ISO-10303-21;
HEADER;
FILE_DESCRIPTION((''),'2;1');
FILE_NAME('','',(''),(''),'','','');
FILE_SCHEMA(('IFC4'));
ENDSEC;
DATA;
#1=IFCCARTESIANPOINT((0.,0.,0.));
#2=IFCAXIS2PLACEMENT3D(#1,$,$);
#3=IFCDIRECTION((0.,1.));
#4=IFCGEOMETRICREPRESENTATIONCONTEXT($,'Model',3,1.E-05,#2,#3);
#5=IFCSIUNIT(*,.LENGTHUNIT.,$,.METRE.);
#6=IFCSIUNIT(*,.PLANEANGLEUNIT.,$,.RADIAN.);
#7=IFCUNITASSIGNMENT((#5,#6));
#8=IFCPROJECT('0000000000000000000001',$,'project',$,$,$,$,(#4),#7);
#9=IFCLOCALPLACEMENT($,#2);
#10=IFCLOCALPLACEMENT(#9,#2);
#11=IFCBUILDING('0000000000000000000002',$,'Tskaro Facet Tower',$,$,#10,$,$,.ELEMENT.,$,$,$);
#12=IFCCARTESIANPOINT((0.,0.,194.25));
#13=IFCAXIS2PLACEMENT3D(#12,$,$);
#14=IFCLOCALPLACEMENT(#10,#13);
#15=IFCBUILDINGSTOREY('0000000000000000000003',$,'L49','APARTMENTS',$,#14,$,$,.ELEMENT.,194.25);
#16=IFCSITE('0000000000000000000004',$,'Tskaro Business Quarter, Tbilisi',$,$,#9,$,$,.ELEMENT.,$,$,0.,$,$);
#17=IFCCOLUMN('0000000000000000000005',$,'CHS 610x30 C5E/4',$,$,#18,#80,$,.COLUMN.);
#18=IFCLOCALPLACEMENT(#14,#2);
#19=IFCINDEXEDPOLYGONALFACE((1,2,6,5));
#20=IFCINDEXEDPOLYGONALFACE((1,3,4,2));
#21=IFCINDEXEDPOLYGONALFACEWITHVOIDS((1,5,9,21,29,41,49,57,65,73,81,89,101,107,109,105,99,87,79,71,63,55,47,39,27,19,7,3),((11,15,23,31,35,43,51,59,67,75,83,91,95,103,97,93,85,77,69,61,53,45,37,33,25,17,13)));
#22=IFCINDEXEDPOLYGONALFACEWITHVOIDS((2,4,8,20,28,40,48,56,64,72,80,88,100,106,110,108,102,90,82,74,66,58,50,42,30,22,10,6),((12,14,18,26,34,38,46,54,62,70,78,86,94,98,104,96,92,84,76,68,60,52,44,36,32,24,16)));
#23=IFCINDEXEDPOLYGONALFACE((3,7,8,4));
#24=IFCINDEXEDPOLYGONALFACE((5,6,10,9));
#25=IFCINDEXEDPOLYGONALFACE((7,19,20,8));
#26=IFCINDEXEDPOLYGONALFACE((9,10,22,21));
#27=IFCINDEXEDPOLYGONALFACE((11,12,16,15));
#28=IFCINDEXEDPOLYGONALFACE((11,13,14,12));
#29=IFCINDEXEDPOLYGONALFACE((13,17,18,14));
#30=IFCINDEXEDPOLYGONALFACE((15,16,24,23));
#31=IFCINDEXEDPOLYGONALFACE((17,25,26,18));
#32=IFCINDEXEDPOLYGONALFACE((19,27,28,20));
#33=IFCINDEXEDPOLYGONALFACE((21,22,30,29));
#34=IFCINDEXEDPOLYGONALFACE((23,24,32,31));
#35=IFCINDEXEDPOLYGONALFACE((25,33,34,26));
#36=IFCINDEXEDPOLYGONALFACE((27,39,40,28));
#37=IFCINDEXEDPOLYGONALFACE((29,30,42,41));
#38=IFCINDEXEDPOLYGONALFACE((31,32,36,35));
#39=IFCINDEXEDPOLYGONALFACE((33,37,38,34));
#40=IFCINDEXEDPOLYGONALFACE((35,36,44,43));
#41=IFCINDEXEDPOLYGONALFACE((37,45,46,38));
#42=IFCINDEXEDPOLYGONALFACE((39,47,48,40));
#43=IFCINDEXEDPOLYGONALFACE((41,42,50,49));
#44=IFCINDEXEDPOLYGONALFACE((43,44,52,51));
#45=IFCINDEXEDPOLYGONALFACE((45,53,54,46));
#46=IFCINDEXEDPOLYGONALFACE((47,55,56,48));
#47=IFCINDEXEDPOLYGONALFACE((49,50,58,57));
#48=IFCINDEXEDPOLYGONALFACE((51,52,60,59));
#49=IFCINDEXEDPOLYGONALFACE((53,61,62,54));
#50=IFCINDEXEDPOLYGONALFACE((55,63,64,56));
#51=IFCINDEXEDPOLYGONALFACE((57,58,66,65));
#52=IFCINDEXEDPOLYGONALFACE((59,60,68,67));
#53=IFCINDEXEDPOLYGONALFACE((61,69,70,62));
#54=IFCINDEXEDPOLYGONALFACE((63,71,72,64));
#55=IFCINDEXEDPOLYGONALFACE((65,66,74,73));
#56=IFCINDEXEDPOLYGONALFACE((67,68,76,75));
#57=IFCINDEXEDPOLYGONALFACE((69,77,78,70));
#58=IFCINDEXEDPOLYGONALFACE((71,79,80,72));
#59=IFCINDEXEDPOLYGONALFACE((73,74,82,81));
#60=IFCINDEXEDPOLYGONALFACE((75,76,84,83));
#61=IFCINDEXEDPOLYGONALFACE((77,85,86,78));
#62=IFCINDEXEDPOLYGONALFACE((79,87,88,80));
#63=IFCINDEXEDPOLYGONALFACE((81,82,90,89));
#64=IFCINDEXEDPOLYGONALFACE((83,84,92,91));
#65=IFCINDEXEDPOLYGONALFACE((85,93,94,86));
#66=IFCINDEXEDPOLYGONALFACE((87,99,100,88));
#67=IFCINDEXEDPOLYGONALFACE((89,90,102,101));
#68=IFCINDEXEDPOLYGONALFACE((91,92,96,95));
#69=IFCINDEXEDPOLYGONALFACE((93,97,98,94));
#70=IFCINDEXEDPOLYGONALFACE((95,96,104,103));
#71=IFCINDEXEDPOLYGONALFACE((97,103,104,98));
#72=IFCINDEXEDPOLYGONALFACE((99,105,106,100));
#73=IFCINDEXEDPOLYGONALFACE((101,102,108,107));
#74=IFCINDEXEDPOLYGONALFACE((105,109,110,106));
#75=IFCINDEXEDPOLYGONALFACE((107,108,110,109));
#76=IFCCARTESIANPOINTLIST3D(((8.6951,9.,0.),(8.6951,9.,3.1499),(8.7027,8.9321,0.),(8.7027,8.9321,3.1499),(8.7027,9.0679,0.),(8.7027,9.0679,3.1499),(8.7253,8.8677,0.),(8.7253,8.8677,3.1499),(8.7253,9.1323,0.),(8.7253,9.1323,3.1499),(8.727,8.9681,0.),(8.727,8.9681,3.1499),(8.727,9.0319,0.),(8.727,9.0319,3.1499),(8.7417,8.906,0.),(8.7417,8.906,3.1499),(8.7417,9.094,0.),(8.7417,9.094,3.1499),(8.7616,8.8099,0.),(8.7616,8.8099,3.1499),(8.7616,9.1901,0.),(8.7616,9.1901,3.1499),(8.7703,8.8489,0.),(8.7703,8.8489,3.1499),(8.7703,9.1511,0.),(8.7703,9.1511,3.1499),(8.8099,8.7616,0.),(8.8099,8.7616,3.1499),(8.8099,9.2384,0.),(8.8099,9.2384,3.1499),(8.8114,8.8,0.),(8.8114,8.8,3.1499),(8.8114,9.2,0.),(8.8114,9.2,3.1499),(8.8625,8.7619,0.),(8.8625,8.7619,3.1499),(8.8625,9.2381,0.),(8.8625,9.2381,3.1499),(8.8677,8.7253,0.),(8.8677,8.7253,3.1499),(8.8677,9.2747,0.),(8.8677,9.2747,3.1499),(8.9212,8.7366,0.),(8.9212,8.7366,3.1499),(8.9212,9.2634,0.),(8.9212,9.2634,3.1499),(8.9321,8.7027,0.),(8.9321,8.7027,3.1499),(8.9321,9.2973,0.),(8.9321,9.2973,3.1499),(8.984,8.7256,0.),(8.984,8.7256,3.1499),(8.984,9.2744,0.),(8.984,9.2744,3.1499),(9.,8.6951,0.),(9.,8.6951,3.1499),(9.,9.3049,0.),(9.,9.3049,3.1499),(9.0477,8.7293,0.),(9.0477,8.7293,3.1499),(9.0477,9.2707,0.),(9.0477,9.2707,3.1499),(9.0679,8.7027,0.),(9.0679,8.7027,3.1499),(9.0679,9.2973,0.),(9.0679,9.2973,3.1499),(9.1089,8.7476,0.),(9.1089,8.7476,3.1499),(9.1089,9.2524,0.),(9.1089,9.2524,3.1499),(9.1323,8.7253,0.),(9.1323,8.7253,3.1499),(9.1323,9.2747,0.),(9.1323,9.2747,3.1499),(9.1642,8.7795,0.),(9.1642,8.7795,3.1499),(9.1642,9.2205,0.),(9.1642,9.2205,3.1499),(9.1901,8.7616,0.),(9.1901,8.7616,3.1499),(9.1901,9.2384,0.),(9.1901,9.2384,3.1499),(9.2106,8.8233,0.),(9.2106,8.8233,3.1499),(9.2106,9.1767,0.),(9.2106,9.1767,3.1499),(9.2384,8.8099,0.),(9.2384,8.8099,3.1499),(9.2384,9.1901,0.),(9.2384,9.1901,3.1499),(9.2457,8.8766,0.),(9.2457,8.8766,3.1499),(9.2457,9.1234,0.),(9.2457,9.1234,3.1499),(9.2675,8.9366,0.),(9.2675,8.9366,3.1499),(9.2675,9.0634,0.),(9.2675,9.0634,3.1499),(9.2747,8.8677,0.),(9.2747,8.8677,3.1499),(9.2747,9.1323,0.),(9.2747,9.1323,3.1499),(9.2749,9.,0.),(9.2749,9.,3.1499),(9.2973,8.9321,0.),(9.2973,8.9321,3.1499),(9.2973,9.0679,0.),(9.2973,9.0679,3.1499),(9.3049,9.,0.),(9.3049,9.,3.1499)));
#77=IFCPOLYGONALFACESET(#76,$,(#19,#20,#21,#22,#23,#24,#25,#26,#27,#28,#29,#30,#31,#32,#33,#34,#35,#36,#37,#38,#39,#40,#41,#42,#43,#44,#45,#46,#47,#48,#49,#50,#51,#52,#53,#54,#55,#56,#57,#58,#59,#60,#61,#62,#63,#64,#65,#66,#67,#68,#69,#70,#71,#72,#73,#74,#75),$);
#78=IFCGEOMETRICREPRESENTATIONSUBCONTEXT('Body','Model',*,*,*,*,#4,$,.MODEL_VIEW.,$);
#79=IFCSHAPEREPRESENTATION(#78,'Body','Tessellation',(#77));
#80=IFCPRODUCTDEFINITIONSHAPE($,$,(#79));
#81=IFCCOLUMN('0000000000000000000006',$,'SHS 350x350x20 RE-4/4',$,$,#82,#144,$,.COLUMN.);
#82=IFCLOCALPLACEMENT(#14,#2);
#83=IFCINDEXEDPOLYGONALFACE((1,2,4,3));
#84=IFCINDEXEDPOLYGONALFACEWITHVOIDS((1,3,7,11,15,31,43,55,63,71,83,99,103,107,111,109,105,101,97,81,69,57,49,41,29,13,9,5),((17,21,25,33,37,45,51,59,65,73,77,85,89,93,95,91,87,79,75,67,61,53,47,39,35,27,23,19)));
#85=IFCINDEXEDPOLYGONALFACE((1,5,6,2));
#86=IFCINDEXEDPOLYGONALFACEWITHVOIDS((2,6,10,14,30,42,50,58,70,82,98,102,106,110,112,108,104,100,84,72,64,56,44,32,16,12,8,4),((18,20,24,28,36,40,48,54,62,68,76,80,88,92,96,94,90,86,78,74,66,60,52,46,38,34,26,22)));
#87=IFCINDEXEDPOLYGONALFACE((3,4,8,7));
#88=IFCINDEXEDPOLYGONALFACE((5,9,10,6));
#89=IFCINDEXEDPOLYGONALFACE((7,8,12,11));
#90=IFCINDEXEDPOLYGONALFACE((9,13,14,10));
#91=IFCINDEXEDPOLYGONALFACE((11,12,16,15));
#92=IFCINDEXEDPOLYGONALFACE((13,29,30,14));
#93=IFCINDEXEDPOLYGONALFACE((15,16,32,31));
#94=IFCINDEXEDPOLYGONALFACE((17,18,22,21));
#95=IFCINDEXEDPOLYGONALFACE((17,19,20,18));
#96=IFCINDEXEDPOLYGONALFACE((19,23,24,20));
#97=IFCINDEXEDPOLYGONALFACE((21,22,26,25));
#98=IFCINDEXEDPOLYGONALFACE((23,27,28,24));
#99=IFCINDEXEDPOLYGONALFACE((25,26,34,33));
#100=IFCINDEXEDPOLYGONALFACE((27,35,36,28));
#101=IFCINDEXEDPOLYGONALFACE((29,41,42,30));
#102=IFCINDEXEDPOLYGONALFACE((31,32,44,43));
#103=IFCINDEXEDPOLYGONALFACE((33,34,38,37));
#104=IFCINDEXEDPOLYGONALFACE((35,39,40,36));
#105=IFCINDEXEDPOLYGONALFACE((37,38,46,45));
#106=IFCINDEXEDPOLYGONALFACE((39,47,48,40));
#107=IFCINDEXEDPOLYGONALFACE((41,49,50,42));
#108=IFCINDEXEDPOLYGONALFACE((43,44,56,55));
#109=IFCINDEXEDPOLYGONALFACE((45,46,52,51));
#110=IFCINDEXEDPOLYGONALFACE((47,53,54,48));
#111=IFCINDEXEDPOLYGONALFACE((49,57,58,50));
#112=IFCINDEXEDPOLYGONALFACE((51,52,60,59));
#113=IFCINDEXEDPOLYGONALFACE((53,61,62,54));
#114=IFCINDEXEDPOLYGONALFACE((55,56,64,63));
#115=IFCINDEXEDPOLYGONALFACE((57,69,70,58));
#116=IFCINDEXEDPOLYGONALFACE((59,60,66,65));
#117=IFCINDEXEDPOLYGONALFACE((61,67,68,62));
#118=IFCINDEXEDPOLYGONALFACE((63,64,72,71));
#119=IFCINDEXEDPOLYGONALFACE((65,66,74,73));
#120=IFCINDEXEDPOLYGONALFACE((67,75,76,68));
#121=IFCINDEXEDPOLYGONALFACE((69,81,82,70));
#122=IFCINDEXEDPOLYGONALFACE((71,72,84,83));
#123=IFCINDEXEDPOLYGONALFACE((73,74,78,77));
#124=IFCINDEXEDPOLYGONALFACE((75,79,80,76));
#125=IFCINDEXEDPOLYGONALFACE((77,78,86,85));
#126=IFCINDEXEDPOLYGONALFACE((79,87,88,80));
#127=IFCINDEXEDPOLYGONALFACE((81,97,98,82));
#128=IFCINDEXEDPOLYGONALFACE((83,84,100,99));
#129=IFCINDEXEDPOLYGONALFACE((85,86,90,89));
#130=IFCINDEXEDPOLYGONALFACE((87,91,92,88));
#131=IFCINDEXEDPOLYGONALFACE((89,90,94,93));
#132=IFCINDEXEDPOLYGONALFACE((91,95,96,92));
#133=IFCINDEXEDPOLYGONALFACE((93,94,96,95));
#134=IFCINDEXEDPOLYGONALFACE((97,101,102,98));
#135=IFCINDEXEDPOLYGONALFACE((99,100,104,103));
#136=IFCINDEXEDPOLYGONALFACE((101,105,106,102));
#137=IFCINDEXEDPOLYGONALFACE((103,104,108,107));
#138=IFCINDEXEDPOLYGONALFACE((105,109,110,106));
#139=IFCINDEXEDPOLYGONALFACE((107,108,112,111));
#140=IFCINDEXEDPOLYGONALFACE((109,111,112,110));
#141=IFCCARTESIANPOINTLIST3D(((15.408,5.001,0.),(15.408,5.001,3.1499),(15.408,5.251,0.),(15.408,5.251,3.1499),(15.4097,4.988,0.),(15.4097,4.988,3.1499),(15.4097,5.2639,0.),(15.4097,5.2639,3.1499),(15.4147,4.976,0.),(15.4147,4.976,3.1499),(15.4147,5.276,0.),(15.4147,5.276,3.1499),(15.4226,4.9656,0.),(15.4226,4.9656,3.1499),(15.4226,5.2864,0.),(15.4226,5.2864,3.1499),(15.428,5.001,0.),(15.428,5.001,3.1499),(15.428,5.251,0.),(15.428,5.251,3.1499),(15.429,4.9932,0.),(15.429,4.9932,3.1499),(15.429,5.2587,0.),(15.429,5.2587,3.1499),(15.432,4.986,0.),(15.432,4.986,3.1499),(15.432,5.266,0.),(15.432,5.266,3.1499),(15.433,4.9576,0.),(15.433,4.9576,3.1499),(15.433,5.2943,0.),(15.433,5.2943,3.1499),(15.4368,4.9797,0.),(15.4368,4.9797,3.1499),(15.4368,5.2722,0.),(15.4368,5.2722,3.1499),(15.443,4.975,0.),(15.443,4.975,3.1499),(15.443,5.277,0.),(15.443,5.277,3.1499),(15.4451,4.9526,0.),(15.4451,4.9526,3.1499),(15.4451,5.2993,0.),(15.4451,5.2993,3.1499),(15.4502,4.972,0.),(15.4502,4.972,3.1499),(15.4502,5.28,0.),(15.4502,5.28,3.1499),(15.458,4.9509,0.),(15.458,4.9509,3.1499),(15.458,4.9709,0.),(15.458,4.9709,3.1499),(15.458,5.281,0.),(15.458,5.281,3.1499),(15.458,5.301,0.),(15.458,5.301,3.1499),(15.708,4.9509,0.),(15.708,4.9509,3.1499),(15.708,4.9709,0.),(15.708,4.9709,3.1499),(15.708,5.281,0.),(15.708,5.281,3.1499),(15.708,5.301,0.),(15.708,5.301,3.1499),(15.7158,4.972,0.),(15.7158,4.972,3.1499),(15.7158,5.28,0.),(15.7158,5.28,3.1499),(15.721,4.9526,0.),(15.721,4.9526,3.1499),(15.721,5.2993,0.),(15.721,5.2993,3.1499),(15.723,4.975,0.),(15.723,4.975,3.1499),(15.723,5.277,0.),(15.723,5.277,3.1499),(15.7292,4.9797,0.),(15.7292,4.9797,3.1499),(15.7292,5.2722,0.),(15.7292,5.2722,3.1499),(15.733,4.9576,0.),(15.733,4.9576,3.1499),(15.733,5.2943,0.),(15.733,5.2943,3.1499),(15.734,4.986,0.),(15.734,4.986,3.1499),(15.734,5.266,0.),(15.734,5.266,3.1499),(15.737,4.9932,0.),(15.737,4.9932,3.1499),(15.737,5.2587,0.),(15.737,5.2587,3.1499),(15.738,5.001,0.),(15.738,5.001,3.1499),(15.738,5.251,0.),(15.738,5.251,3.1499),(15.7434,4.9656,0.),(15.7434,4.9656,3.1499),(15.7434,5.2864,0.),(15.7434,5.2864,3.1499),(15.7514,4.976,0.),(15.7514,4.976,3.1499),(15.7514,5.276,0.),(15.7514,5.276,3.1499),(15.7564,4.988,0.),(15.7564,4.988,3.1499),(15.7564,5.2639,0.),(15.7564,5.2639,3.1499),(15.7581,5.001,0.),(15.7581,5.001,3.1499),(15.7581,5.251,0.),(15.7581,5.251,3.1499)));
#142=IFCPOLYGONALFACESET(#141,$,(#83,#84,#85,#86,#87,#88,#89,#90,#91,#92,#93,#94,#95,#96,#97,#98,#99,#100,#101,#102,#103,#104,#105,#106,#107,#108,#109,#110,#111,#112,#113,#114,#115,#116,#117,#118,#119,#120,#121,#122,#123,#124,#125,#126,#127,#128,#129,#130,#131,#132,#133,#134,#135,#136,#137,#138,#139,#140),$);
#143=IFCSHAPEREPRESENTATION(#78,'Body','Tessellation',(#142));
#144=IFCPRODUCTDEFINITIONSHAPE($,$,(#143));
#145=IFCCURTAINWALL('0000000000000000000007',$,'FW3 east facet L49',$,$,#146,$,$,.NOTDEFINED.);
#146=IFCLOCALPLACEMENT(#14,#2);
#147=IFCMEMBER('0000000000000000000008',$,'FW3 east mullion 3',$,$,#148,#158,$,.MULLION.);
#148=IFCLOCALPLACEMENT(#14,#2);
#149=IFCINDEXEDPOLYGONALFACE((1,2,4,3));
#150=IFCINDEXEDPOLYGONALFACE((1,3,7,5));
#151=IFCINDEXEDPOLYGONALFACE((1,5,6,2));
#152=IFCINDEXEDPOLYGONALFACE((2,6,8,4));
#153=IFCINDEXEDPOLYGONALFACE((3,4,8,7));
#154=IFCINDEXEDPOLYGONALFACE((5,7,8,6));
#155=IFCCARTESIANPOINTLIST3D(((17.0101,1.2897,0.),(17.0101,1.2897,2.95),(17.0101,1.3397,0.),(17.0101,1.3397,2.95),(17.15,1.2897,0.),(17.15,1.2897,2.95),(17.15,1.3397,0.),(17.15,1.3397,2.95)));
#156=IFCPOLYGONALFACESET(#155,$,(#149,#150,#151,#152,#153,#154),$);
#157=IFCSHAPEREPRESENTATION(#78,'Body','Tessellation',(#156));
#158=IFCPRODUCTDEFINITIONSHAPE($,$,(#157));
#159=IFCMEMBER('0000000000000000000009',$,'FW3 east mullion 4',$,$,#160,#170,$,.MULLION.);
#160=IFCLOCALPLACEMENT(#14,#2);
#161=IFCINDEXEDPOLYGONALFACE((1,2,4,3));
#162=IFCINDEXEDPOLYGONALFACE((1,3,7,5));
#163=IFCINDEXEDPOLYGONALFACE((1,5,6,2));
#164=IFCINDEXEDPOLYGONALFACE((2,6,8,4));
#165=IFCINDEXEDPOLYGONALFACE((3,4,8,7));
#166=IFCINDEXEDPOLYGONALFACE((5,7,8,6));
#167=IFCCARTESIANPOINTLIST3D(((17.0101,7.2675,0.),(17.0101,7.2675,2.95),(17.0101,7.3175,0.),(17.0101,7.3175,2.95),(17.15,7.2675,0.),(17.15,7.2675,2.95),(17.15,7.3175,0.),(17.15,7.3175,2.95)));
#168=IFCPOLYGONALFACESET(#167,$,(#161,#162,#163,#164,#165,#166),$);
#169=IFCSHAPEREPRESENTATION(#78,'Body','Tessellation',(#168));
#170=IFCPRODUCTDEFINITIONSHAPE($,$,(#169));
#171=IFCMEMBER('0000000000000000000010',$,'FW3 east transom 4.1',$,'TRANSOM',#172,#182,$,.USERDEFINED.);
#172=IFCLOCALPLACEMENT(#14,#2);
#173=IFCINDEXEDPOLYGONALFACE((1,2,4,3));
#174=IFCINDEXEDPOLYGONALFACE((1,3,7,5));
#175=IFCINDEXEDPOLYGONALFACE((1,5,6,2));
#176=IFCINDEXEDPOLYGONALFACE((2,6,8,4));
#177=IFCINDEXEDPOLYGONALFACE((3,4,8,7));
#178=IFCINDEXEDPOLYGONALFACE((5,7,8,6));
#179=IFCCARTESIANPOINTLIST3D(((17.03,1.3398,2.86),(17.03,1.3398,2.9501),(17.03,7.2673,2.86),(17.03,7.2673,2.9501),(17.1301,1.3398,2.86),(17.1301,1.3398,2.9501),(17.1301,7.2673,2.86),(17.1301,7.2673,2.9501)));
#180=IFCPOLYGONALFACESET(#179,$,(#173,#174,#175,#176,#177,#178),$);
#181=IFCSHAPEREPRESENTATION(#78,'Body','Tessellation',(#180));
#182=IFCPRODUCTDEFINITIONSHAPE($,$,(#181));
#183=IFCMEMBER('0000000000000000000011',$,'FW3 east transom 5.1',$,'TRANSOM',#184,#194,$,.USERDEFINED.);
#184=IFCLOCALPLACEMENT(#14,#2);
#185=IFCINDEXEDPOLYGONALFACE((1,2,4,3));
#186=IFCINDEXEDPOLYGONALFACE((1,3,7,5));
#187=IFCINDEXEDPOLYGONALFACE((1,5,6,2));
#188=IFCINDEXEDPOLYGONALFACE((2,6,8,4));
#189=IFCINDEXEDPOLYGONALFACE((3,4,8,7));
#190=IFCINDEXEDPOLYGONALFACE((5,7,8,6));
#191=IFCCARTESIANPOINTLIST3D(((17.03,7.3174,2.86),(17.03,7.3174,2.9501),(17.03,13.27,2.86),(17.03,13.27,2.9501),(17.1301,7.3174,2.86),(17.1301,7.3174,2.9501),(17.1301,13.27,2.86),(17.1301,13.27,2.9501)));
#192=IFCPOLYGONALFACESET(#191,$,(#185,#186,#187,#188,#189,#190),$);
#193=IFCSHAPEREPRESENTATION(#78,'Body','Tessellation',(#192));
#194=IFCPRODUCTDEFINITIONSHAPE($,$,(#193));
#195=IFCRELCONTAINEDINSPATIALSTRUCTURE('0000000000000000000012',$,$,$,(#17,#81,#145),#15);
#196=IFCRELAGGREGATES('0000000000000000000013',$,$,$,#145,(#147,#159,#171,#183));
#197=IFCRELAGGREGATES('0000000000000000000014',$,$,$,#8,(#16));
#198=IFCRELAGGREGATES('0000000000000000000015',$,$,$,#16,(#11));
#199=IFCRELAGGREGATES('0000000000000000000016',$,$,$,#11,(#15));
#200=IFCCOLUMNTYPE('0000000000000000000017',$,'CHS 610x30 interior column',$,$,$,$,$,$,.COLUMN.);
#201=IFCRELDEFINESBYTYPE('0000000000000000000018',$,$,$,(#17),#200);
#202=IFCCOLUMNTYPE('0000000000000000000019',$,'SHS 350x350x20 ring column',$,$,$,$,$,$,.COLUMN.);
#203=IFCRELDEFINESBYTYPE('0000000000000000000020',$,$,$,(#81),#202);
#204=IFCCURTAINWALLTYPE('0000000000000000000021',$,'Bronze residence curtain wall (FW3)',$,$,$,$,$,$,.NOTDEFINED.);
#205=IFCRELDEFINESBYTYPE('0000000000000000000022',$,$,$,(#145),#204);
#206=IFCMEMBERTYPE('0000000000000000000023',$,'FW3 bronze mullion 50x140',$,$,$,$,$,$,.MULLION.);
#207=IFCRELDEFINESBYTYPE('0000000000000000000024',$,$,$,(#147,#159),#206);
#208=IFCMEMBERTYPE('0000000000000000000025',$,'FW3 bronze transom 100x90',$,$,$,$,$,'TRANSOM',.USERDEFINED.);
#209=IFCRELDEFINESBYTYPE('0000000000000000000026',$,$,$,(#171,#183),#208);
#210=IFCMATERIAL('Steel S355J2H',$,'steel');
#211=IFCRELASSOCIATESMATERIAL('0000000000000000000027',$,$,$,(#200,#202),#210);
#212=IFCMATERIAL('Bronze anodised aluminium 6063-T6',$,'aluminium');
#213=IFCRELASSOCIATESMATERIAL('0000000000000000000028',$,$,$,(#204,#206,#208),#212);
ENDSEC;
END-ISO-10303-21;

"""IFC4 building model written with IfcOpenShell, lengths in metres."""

from ifc_helpers import new_model, si_unit, direction, frame, origin, origin_2d, place, context, subcontext, project, spatial, rectangle, hollow_rectangle, hollow_circle, extrude, material, material_profile, profile_set, type_object, element, aggregate, save


model = new_model("IFC4")

# Units and contexts
model_context = context("Model", 3, precision=1e-05, world=origin(), true_north=direction((0.0, 1.0)))
body_context = subcontext(model_context, "Body", "Model", "MODEL_VIEW")
ifc_project = project(units=[si_unit("LENGTHUNIT", "METRE"), si_unit("PLANEANGLEUNIT", "RADIAN")], contexts=[model_context])

# Site, building, storey
site_placement = place(None, origin())
site = spatial("IfcSite", under=ifc_project, at=site_placement, Name="Tskaro Business Quarter, Tbilisi", CompositionType="ELEMENT", RefElevation=0.0)
building_placement = place(site_placement, origin())
building = spatial("IfcBuilding", under=site, at=building_placement, Name="Tskaro Facet Tower", CompositionType="ELEMENT")
storey_placement = place(building_placement, frame((0.0, 0.0, 194.25)))
storey = spatial("IfcBuildingStorey", under=building, at=storey_placement, Name="L49", Description="APARTMENTS", CompositionType="ELEMENT", Elevation=194.25)

# Columns
ifc_material_1 = material(Name="Steel S355J2H", Category="steel")
ifc_material_profile_1 = material_profile(ifc_material_1, hollow_circle(Radius=0.3049, WallThickness=0.03, at=origin_2d()), Name="CHS 610x30")
ifc_profile_set_1 = profile_set([ifc_material_profile_1], Name="Steel S355J2H")
column_type_1 = type_object("IfcColumnType", Name="CHS 610x30 interior column", PredefinedType="COLUMN", material=ifc_profile_set_1)
column_1_placement = place(storey_placement, frame((9.0, 9.0, 0.0), z_axis=(0.0, 0.0, 1.0), x_axis=(1.0, 0.0, 0.0)))
element("IfcColumn", 1, at=column_1_placement, inside=storey, type_object=column_type_1, Name="CHS 610x30 C5E/4", PredefinedType="COLUMN", context=body_context, shape_type="SweptSolid", body=[
    extrude(hollow_circle(Radius=0.3049, WallThickness=0.03, at=origin_2d()), origin(), (0.0, 0.0, 1.0), 3.1499),
])
ifc_material_profile_2 = material_profile(ifc_material_1, hollow_rectangle(XDim=0.3501, YDim=0.3501, WallThickness=0.02, InnerFilletRadius=0.03, OuterFilletRadius=0.05, at=origin_2d()), Name="SHS 350x350x20")
ifc_profile_set_2 = profile_set([ifc_material_profile_2], Name="Steel S355J2H")
column_type_2 = type_object("IfcColumnType", Name="SHS 350x350x20 ring column", PredefinedType="COLUMN", material=ifc_profile_set_2)
column_2_placement = place(storey_placement, frame((15.583, 5.126, 0.0), z_axis=(0.0, 0.0, 1.0), x_axis=(1.0, 0.0, 0.0)))
element("IfcColumn", 2, at=column_2_placement, inside=storey, type_object=column_type_2, Name="SHS 350x350x20 RE-4/4", PredefinedType="COLUMN", context=body_context, shape_type="SweptSolid", body=[
    extrude(hollow_rectangle(XDim=0.3501, YDim=0.3501, WallThickness=0.02, InnerFilletRadius=0.03, OuterFilletRadius=0.05, at=origin_2d()), origin(), (0.0, 0.0, 1.0), 3.1499),
])

# Curtain wall, members
ifc_material_2 = material(Name="Bronze anodised aluminium 6063-T6", Category="aluminium")
curtain_wall_type = type_object("IfcCurtainWallType", Name="Bronze residence curtain wall (FW3)", PredefinedType="NOTDEFINED", material=ifc_material_2)
curtain_wall_placement = place(storey_placement, origin())
curtain_wall = element("IfcCurtainWall", 3, at=curtain_wall_placement, inside=storey, type_object=curtain_wall_type, Name="FW3 east facet L49", PredefinedType="NOTDEFINED")
ifc_material_profile_3 = material_profile(ifc_material_2, rectangle(XDim=0.05, YDim=0.1399, at=origin_2d()), Name="Mullion 50x140")
ifc_profile_set_3 = profile_set([ifc_material_profile_3], Name="Bronze anodised aluminium 6063-T6")
member_type_1 = type_object("IfcMemberType", Name="FW3 bronze mullion 50x140", PredefinedType="MULLION", material=ifc_profile_set_3)
member_1_placement = place(storey_placement, frame((17.0801, 1.3147, 0.0), z_axis=(0.0, 0.0, 1.0), x_axis=(0.0, 1.0, 0.0)))
member_1 = element("IfcMember", 4, at=member_1_placement, type_object=member_type_1, Name="FW3 east mullion 3", PredefinedType="MULLION", context=body_context, shape_type="SweptSolid", body=[
    extrude(rectangle(XDim=0.05, YDim=0.1399, at=origin_2d()), origin(), (0.0, 0.0, 1.0), 2.95),
])
member_2_placement = place(storey_placement, frame((17.0801, 7.2925, 0.0), z_axis=(0.0, 0.0, 1.0), x_axis=(0.0, 1.0, 0.0)))
member_2 = element("IfcMember", 5, at=member_2_placement, type_object=member_type_1, Name="FW3 east mullion 4", PredefinedType="MULLION", context=body_context, shape_type="SweptSolid", body=[
    extrude(rectangle(XDim=0.05, YDim=0.1399, at=origin_2d()), origin(), (0.0, 0.0, 1.0), 2.95),
])
ifc_material_profile_4 = material_profile(ifc_material_2, rectangle(XDim=0.1001, YDim=0.0901, at=origin_2d()), Name="Transom 100x90")
ifc_profile_set_4 = profile_set([ifc_material_profile_4], Name="Bronze anodised aluminium 6063-T6")
member_type_2 = type_object("IfcMemberType", Name="FW3 bronze transom 100x90", ElementType="TRANSOM", PredefinedType="USERDEFINED", material=ifc_profile_set_4)
member_3_placement = place(storey_placement, frame((17.0801, 1.3398, 2.905), z_axis=(0.0, 1.0, 0.0), x_axis=(-1.0, 0.0, 0.0)))
member_3 = element("IfcMember", 6, at=member_3_placement, type_object=member_type_2, Name="FW3 east transom 4.1", ObjectType="TRANSOM", PredefinedType="USERDEFINED", context=body_context, shape_type="SweptSolid", body=[
    extrude(rectangle(XDim=0.1001, YDim=0.0901, at=origin_2d()), origin(), (0.0, 0.0, 1.0), 5.9275),
])
member_4_placement = place(storey_placement, frame((17.0801, 7.3174, 2.905), z_axis=(0.0, 1.0, 0.0), x_axis=(-1.0, 0.0, 0.0)))
member_4 = element("IfcMember", 7, at=member_4_placement, type_object=member_type_2, Name="FW3 east transom 5.1", ObjectType="TRANSOM", PredefinedType="USERDEFINED", context=body_context, shape_type="SweptSolid", body=[
    extrude(rectangle(XDim=0.1001, YDim=0.0901, at=origin_2d()), origin(), (0.0, 0.0, 1.0), 5.9526),
])

aggregate(curtain_wall, [member_1, member_2, member_3, member_4])

save(model, "model.ifc")
